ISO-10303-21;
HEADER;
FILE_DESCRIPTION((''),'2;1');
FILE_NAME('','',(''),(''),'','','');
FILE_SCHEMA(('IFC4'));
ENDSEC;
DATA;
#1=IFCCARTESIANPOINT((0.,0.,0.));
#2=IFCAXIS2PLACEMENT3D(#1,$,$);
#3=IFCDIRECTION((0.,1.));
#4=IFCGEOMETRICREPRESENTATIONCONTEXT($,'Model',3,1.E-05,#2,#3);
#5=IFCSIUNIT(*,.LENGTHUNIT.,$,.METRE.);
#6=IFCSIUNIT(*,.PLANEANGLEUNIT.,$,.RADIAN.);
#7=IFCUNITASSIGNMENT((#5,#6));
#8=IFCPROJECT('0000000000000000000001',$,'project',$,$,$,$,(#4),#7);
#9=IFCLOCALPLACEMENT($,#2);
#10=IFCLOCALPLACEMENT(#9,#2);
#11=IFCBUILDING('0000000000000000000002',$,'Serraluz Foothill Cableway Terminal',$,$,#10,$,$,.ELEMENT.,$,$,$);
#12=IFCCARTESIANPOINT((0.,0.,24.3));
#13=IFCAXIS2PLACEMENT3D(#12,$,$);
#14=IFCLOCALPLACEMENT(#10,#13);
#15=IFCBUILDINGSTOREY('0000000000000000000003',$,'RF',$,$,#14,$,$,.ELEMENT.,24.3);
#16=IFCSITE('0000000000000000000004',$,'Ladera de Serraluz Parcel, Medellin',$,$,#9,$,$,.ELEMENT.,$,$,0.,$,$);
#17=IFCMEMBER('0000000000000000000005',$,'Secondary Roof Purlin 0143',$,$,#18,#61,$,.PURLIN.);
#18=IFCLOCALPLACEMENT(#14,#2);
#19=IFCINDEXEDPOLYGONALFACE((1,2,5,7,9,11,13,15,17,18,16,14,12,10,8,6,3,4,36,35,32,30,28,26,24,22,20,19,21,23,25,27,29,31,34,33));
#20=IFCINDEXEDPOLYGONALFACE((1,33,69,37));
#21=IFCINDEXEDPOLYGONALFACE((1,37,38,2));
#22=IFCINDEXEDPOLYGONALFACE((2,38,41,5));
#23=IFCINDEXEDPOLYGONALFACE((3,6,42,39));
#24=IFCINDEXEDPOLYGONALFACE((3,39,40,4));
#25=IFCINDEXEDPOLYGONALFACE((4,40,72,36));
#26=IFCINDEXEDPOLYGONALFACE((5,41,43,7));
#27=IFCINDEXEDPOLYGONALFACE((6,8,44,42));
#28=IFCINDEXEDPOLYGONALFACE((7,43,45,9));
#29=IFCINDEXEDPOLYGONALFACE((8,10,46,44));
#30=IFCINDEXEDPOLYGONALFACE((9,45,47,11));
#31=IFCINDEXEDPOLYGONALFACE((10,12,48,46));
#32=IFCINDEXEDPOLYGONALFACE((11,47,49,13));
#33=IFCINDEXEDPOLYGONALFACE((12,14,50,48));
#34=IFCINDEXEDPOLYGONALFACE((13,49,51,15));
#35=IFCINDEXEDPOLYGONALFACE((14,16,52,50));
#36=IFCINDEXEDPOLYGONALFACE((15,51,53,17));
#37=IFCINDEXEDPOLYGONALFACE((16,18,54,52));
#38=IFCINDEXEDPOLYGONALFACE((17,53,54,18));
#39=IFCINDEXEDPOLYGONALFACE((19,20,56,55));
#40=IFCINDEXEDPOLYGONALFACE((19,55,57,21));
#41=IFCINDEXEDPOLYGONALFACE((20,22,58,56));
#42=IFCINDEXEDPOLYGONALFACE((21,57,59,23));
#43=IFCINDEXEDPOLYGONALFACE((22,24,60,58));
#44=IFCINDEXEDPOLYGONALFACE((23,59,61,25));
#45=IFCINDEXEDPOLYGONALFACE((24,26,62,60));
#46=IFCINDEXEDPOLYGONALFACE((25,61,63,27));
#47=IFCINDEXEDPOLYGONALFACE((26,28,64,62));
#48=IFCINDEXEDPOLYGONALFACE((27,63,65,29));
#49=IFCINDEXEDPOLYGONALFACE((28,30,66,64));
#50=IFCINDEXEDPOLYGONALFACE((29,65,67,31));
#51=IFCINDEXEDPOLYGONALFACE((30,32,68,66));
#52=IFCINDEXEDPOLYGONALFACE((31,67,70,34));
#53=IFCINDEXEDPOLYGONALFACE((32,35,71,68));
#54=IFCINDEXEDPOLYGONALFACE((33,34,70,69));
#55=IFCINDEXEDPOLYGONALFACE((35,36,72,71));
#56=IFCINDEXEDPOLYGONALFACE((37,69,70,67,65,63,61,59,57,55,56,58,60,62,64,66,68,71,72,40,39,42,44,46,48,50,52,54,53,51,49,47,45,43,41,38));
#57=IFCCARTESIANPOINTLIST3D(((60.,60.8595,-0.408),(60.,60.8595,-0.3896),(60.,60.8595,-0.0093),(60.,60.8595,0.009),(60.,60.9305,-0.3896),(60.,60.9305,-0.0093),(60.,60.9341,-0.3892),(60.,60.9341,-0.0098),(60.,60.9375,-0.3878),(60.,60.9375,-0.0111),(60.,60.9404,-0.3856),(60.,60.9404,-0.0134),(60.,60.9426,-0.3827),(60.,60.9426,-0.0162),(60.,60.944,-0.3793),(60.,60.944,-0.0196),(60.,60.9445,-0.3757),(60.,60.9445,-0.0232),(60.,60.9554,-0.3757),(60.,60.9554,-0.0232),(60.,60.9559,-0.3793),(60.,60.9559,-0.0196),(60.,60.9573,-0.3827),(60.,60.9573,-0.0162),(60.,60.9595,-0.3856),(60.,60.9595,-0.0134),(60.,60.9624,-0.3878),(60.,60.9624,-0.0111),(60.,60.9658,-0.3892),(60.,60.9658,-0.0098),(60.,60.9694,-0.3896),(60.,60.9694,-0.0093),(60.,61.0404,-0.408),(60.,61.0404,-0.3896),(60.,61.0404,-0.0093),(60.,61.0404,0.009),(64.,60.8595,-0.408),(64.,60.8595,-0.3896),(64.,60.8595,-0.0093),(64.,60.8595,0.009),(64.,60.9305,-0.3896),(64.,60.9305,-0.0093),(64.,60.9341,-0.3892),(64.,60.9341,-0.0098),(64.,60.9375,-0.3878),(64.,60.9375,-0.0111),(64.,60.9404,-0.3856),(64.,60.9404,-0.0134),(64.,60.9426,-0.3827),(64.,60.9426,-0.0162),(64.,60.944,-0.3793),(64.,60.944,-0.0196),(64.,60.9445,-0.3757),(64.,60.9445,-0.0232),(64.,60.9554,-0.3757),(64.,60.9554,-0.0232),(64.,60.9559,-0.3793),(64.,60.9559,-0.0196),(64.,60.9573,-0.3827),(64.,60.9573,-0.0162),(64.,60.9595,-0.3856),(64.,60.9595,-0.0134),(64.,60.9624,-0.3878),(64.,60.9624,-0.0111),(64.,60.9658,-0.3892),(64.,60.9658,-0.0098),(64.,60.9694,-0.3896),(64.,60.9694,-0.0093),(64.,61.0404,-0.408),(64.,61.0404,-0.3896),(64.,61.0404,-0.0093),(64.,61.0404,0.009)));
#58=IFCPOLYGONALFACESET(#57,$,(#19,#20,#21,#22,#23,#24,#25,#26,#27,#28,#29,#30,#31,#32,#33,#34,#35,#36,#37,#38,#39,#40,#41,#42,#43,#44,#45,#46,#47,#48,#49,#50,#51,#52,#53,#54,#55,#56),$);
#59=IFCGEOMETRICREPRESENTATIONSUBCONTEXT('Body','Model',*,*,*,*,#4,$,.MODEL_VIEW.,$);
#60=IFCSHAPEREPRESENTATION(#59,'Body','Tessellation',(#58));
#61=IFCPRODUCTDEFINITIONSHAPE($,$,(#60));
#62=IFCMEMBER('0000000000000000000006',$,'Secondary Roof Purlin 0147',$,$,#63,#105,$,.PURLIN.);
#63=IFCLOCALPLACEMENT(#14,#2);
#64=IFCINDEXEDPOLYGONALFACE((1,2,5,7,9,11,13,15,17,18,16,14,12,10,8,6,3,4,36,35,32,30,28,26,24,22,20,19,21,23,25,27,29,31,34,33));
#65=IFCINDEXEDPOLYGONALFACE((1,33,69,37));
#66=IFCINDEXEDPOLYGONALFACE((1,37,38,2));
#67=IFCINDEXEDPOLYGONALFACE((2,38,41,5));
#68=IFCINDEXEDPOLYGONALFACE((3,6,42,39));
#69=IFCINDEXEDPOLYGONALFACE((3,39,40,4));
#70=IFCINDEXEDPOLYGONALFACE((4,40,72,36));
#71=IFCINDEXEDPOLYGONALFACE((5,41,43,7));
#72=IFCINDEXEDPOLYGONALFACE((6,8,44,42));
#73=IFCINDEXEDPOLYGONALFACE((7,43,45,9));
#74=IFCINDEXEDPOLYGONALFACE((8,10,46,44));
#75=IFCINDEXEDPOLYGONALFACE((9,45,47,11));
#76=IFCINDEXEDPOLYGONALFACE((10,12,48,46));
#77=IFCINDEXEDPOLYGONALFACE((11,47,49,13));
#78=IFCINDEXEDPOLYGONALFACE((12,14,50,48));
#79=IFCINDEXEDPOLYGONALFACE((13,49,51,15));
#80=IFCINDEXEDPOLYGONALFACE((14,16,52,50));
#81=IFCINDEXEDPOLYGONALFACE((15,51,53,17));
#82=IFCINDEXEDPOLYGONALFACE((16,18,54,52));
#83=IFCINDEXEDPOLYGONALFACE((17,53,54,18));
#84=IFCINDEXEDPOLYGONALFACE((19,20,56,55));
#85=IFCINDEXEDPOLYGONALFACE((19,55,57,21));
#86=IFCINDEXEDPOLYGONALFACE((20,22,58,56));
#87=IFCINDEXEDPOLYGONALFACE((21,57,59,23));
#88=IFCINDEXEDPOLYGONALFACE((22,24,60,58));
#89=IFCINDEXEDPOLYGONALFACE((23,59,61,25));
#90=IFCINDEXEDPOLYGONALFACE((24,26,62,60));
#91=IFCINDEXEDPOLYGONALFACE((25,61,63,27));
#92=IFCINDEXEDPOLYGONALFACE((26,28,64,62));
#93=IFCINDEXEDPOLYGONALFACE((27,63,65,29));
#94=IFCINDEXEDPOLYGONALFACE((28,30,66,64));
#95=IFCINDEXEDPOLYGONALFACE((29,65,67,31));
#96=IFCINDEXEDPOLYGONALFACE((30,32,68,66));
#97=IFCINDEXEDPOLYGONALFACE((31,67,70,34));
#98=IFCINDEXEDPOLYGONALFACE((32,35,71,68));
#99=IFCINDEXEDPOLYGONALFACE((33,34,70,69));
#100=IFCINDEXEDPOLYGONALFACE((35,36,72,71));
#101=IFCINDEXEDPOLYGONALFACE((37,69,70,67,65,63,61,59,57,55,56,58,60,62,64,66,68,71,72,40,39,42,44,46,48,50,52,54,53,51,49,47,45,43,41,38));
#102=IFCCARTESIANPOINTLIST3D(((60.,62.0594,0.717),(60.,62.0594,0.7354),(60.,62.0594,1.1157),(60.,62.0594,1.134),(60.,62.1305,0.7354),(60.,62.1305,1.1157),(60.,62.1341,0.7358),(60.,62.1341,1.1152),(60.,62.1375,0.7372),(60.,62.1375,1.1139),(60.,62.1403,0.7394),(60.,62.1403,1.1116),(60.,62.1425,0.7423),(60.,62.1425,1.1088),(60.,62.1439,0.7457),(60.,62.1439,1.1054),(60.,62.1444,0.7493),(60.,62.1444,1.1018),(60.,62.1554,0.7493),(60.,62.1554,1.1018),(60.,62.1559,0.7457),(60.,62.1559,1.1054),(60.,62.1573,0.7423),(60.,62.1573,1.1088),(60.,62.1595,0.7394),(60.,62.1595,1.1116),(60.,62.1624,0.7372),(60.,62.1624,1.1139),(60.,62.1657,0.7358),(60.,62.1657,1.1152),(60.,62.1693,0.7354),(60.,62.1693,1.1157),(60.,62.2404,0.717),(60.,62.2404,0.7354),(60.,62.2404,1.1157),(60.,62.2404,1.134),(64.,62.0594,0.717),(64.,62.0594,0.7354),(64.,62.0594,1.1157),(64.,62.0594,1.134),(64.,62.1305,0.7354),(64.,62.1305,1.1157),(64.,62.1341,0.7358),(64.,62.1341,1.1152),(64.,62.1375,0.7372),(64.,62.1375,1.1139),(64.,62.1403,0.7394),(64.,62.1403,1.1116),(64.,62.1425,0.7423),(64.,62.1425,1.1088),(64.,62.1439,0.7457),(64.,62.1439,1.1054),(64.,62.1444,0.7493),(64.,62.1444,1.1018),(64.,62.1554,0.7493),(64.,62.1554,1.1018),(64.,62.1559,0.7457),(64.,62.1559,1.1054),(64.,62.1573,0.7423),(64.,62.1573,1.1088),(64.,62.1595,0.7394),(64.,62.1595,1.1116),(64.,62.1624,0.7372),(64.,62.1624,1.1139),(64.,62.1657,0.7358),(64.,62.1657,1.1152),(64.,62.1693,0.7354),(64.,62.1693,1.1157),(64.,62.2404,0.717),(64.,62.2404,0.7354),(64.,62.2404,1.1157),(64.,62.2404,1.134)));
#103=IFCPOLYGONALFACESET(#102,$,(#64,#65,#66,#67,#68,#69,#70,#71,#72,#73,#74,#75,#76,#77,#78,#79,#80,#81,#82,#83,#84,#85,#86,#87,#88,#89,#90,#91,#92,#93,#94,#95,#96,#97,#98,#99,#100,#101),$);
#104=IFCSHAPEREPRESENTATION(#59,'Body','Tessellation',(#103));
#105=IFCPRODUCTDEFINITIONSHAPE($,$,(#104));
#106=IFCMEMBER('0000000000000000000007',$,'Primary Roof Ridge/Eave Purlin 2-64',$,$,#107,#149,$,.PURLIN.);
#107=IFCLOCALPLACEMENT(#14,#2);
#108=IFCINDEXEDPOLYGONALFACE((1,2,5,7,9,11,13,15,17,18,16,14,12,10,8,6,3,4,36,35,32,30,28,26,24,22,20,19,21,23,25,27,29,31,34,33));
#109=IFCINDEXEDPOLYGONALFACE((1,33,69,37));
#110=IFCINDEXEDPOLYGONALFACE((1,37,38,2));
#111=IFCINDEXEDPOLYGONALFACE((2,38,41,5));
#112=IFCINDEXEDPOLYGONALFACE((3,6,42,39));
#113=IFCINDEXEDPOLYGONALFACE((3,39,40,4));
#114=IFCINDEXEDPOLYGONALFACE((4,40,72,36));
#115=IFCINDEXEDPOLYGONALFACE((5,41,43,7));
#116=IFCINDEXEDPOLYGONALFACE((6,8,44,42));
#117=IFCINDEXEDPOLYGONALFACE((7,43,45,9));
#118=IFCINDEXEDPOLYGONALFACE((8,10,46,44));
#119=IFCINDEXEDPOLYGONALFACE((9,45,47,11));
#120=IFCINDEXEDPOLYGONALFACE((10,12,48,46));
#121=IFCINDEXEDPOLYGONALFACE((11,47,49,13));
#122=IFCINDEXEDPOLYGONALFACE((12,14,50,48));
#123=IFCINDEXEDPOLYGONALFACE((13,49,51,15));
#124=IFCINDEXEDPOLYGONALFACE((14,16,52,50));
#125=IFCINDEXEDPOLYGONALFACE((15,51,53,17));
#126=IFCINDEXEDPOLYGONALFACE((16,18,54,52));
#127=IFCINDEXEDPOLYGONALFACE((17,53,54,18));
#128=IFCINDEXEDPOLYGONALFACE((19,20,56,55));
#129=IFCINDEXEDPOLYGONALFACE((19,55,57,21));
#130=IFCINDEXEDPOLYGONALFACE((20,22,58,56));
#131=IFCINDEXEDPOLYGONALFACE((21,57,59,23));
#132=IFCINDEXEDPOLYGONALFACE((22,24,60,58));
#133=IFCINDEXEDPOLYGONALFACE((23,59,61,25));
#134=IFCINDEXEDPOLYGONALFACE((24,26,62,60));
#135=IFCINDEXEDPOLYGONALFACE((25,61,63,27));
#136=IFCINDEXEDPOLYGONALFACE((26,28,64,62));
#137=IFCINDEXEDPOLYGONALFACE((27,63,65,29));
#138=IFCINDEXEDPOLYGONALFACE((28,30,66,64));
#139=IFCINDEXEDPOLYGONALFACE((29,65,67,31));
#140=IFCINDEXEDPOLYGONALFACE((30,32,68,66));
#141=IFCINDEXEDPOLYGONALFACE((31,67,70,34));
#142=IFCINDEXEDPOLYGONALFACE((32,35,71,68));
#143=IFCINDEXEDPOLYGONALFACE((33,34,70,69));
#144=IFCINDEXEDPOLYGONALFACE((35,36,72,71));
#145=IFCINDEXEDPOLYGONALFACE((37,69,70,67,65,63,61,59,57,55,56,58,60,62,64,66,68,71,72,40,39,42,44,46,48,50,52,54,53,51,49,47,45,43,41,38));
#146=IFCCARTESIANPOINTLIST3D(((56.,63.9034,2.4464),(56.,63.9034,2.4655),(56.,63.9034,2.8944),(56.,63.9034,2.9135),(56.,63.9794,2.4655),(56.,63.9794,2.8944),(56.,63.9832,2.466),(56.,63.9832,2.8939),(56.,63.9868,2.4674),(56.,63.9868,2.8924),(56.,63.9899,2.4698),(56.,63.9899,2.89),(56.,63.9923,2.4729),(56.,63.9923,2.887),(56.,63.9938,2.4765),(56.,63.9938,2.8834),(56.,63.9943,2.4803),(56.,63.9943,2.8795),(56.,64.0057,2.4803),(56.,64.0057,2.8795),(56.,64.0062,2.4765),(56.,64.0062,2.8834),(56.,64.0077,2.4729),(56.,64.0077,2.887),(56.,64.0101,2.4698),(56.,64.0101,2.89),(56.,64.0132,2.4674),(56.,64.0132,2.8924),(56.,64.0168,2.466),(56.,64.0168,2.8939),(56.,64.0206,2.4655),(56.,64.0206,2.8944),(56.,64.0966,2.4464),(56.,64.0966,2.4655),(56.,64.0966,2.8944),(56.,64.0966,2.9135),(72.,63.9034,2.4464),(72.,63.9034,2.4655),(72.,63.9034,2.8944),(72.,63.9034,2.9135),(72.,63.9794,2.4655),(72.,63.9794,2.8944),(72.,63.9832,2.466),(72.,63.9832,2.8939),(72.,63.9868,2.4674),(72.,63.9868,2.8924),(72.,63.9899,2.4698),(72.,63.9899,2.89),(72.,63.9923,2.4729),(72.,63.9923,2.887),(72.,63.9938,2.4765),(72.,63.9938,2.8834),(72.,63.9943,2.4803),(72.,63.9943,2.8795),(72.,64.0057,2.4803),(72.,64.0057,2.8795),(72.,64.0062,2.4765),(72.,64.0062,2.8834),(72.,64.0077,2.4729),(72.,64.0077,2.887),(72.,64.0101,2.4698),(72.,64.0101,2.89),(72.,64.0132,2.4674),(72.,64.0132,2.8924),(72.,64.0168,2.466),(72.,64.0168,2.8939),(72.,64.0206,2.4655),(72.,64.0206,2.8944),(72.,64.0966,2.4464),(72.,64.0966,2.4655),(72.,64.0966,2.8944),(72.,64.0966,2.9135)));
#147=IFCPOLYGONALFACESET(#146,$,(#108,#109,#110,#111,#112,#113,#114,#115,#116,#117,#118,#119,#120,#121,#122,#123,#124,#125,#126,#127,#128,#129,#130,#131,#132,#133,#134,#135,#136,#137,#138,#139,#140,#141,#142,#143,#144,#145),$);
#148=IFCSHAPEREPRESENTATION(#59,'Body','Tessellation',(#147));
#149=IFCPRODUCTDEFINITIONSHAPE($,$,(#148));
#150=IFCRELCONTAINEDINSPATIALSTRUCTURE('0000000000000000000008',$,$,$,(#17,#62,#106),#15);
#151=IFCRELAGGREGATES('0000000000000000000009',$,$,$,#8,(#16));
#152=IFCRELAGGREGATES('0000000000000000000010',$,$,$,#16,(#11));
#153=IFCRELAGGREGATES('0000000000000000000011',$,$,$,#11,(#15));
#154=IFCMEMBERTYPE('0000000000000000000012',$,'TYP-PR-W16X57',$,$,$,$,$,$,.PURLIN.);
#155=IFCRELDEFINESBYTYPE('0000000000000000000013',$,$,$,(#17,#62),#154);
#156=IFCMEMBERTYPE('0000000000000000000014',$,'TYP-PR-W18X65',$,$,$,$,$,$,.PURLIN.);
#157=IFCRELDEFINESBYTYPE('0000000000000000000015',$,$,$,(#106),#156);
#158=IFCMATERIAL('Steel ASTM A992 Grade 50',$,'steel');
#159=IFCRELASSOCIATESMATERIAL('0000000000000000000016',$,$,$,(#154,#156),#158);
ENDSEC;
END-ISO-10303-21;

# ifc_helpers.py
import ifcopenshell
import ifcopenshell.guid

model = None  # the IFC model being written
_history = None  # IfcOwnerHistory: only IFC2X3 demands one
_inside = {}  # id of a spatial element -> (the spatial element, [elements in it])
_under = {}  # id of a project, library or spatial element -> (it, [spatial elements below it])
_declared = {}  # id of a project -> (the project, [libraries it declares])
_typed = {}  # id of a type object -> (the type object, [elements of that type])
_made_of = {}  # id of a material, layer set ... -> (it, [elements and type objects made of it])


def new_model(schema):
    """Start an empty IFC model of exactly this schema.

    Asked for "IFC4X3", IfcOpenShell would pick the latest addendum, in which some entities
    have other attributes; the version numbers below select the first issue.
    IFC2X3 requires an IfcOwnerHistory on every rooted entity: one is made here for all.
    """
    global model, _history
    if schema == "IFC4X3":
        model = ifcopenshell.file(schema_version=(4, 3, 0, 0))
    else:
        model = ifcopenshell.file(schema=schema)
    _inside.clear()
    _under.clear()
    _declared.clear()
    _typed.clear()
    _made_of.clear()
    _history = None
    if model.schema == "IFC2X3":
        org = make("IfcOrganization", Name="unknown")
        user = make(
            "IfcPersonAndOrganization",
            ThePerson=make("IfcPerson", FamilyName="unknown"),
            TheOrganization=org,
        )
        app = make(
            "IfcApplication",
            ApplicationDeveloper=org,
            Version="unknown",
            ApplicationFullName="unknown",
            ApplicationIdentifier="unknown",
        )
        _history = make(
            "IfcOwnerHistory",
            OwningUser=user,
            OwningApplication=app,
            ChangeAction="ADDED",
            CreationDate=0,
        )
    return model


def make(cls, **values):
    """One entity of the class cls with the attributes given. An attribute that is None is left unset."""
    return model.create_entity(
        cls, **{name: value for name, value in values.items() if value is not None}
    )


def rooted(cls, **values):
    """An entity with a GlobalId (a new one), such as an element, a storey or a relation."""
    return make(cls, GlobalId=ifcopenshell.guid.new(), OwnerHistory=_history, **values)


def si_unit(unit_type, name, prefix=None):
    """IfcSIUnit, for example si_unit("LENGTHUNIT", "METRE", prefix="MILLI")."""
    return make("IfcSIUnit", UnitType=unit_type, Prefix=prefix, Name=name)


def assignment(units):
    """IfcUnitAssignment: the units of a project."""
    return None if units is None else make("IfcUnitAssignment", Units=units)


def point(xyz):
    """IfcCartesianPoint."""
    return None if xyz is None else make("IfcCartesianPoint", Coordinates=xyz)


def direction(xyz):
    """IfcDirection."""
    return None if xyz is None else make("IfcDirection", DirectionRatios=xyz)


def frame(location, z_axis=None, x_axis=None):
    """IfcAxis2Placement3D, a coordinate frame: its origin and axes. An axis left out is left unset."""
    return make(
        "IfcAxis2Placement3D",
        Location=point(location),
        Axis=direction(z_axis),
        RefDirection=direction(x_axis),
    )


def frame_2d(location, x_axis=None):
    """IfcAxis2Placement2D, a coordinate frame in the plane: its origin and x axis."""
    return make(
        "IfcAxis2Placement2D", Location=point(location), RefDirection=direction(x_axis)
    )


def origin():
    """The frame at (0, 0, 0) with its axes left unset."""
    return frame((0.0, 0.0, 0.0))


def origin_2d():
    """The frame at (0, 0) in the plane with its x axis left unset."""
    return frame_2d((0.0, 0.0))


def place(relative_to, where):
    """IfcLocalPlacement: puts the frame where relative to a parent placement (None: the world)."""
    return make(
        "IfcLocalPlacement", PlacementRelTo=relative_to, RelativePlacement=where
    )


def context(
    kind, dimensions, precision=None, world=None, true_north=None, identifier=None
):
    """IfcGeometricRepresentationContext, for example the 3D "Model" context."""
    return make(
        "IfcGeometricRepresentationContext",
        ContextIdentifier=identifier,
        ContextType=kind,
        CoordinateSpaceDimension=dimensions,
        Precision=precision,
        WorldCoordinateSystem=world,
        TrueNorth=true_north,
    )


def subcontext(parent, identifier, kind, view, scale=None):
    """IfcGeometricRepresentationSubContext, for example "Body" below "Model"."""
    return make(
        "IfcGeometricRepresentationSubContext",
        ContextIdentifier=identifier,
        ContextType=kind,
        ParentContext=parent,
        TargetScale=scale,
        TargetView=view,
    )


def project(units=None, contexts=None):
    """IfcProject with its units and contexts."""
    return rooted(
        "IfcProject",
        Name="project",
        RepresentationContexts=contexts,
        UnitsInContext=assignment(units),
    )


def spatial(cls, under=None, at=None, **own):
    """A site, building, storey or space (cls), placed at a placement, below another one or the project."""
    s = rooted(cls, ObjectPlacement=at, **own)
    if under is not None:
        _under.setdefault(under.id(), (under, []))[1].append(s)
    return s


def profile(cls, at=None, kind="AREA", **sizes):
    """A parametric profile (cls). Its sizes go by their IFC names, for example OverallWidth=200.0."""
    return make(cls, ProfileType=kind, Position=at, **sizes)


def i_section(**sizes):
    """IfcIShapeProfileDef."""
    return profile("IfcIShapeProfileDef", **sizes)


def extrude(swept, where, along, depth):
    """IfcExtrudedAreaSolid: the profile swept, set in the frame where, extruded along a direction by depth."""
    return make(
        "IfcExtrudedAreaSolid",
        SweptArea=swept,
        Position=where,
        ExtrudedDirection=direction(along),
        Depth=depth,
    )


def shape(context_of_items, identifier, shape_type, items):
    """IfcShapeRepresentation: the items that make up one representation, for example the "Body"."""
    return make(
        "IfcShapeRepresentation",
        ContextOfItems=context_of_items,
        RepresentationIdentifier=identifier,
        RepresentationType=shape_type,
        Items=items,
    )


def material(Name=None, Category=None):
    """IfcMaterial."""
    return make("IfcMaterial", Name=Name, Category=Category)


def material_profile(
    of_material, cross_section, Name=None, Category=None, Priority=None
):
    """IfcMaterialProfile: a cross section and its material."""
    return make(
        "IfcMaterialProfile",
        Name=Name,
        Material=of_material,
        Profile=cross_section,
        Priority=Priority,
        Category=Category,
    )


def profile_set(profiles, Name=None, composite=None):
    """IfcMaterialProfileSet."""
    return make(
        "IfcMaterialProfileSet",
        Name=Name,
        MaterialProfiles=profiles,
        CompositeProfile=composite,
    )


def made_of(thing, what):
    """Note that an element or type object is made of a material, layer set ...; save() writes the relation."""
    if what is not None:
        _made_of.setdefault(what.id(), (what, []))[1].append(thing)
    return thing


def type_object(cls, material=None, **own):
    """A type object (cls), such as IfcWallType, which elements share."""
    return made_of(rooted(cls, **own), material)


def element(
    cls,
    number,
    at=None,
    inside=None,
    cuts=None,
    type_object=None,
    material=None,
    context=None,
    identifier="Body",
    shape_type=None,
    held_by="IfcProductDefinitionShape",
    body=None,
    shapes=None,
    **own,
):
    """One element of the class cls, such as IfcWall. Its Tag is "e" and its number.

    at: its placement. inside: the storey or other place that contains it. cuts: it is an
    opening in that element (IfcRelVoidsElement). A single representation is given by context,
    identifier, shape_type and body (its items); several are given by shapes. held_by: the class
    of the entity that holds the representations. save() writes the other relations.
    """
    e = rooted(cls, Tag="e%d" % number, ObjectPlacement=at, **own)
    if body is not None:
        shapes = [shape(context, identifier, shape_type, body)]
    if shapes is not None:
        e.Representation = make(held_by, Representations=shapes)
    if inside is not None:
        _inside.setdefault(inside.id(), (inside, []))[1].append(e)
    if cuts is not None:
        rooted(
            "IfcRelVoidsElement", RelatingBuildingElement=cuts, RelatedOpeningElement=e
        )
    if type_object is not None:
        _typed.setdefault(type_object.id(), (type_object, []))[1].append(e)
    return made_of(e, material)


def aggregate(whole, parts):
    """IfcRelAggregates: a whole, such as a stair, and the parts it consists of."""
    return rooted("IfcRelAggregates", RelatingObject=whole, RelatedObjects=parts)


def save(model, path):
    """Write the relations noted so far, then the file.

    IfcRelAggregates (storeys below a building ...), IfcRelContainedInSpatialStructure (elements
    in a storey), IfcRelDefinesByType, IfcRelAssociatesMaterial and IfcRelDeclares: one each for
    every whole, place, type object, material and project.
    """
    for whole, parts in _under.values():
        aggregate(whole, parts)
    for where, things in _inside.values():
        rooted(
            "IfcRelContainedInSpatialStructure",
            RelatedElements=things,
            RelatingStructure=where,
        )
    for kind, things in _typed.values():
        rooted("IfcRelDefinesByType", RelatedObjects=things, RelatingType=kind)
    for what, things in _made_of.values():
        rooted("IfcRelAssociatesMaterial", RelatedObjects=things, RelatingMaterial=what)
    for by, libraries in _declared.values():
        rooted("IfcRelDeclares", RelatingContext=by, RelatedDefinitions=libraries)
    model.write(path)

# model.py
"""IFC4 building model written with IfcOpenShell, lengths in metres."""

from ifc_helpers import new_model, si_unit, direction, frame, origin, origin_2d, place, context, subcontext, project, spatial, i_section, extrude, material, material_profile, profile_set, type_object, element, save


model = new_model("IFC4")

# Units and contexts
model_context = context("Model", 3, precision=1e-05, world=origin(), true_north=direction((0.0, 1.0)))
body_context = subcontext(model_context, "Body", "Model", "MODEL_VIEW")
ifc_project = project(units=[si_unit("LENGTHUNIT", "METRE"), si_unit("PLANEANGLEUNIT", "RADIAN")], contexts=[model_context])

# Site, building, storey
site_placement = place(None, origin())
site = spatial("IfcSite", under=ifc_project, at=site_placement, Name="Ladera de Serraluz Parcel, Medellin", CompositionType="ELEMENT", RefElevation=0.0)
building_placement = place(site_placement, origin())
building = spatial("IfcBuilding", under=site, at=building_placement, Name="Serraluz Foothill Cableway Terminal", CompositionType="ELEMENT")
storey_placement = place(building_placement, frame((0.0, 0.0, 24.3)))
storey = spatial("IfcBuildingStorey", under=building, at=storey_placement, Name="RF", CompositionType="ELEMENT", Elevation=24.3)

# Members
ifc_material_1 = material(Name="Steel ASTM A992 Grade 50", Category="steel")
ifc_material_profile_1 = material_profile(ifc_material_1, i_section(OverallWidth=0.1809, OverallDepth=0.417, WebThickness=0.011, FlangeThickness=0.0183, FilletRadius=0.0139, at=origin_2d()), Name="W16X57")
ifc_profile_set_1 = profile_set([ifc_material_profile_1], Name="Steel ASTM A992 Grade 50")
member_type_1 = type_object("IfcMemberType", Name="TYP-PR-W16X57", PredefinedType="PURLIN", material=ifc_profile_set_1)
for number, where, z_axis, x_axis, name in (
    (1, (60.0, 60.95, -0.1995), (1.0, 0.0, 0.0), (0.0, 1.0, 0.0), "Secondary Roof Purlin 0143"),
    (2, (60.0, 62.1499, 0.9255), (1.0, 0.0, 0.0), (0.0, 1.0, 0.0), "Secondary Roof Purlin 0147"),
):
    element("IfcMember", number, at=place(storey_placement, frame(where, z_axis=z_axis, x_axis=x_axis)), inside=storey, type_object=member_type_1, Name=name, PredefinedType="PURLIN", context=body_context, shape_type="SweptSolid", body=[
        extrude(i_section(OverallWidth=0.1809, OverallDepth=0.417, WebThickness=0.011, FlangeThickness=0.0183, FilletRadius=0.0139, at=origin_2d()), origin(), (0.0, 0.0, 1.0), 4.0),
    ])
ifc_material_profile_2 = material_profile(ifc_material_1, i_section(OverallWidth=0.1931, OverallDepth=0.467, WebThickness=0.0115, FlangeThickness=0.019, FilletRadius=0.0149, at=origin_2d()), Name="W18X65")
ifc_profile_set_2 = profile_set([ifc_material_profile_2], Name="Steel ASTM A992 Grade 50")
member_type_2 = type_object("IfcMemberType", Name="TYP-PR-W18X65", PredefinedType="PURLIN", material=ifc_profile_set_2)
member_1_placement = place(storey_placement, frame((56.0, 64.0, 2.6799), z_axis=(1.0, 0.0, 0.0), x_axis=(0.0, 1.0, 0.0)))
element("IfcMember", 3, at=member_1_placement, inside=storey, type_object=member_type_2, Name="Primary Roof Ridge/Eave Purlin 2-64", PredefinedType="PURLIN", context=body_context, shape_type="SweptSolid", body=[
    extrude(i_section(OverallWidth=0.1931, OverallDepth=0.467, WebThickness=0.0115, FlangeThickness=0.019, FilletRadius=0.0149, at=origin_2d()), origin(), (0.0, 0.0, 1.0), 16.0),
])

save(model, "model.ifc")
